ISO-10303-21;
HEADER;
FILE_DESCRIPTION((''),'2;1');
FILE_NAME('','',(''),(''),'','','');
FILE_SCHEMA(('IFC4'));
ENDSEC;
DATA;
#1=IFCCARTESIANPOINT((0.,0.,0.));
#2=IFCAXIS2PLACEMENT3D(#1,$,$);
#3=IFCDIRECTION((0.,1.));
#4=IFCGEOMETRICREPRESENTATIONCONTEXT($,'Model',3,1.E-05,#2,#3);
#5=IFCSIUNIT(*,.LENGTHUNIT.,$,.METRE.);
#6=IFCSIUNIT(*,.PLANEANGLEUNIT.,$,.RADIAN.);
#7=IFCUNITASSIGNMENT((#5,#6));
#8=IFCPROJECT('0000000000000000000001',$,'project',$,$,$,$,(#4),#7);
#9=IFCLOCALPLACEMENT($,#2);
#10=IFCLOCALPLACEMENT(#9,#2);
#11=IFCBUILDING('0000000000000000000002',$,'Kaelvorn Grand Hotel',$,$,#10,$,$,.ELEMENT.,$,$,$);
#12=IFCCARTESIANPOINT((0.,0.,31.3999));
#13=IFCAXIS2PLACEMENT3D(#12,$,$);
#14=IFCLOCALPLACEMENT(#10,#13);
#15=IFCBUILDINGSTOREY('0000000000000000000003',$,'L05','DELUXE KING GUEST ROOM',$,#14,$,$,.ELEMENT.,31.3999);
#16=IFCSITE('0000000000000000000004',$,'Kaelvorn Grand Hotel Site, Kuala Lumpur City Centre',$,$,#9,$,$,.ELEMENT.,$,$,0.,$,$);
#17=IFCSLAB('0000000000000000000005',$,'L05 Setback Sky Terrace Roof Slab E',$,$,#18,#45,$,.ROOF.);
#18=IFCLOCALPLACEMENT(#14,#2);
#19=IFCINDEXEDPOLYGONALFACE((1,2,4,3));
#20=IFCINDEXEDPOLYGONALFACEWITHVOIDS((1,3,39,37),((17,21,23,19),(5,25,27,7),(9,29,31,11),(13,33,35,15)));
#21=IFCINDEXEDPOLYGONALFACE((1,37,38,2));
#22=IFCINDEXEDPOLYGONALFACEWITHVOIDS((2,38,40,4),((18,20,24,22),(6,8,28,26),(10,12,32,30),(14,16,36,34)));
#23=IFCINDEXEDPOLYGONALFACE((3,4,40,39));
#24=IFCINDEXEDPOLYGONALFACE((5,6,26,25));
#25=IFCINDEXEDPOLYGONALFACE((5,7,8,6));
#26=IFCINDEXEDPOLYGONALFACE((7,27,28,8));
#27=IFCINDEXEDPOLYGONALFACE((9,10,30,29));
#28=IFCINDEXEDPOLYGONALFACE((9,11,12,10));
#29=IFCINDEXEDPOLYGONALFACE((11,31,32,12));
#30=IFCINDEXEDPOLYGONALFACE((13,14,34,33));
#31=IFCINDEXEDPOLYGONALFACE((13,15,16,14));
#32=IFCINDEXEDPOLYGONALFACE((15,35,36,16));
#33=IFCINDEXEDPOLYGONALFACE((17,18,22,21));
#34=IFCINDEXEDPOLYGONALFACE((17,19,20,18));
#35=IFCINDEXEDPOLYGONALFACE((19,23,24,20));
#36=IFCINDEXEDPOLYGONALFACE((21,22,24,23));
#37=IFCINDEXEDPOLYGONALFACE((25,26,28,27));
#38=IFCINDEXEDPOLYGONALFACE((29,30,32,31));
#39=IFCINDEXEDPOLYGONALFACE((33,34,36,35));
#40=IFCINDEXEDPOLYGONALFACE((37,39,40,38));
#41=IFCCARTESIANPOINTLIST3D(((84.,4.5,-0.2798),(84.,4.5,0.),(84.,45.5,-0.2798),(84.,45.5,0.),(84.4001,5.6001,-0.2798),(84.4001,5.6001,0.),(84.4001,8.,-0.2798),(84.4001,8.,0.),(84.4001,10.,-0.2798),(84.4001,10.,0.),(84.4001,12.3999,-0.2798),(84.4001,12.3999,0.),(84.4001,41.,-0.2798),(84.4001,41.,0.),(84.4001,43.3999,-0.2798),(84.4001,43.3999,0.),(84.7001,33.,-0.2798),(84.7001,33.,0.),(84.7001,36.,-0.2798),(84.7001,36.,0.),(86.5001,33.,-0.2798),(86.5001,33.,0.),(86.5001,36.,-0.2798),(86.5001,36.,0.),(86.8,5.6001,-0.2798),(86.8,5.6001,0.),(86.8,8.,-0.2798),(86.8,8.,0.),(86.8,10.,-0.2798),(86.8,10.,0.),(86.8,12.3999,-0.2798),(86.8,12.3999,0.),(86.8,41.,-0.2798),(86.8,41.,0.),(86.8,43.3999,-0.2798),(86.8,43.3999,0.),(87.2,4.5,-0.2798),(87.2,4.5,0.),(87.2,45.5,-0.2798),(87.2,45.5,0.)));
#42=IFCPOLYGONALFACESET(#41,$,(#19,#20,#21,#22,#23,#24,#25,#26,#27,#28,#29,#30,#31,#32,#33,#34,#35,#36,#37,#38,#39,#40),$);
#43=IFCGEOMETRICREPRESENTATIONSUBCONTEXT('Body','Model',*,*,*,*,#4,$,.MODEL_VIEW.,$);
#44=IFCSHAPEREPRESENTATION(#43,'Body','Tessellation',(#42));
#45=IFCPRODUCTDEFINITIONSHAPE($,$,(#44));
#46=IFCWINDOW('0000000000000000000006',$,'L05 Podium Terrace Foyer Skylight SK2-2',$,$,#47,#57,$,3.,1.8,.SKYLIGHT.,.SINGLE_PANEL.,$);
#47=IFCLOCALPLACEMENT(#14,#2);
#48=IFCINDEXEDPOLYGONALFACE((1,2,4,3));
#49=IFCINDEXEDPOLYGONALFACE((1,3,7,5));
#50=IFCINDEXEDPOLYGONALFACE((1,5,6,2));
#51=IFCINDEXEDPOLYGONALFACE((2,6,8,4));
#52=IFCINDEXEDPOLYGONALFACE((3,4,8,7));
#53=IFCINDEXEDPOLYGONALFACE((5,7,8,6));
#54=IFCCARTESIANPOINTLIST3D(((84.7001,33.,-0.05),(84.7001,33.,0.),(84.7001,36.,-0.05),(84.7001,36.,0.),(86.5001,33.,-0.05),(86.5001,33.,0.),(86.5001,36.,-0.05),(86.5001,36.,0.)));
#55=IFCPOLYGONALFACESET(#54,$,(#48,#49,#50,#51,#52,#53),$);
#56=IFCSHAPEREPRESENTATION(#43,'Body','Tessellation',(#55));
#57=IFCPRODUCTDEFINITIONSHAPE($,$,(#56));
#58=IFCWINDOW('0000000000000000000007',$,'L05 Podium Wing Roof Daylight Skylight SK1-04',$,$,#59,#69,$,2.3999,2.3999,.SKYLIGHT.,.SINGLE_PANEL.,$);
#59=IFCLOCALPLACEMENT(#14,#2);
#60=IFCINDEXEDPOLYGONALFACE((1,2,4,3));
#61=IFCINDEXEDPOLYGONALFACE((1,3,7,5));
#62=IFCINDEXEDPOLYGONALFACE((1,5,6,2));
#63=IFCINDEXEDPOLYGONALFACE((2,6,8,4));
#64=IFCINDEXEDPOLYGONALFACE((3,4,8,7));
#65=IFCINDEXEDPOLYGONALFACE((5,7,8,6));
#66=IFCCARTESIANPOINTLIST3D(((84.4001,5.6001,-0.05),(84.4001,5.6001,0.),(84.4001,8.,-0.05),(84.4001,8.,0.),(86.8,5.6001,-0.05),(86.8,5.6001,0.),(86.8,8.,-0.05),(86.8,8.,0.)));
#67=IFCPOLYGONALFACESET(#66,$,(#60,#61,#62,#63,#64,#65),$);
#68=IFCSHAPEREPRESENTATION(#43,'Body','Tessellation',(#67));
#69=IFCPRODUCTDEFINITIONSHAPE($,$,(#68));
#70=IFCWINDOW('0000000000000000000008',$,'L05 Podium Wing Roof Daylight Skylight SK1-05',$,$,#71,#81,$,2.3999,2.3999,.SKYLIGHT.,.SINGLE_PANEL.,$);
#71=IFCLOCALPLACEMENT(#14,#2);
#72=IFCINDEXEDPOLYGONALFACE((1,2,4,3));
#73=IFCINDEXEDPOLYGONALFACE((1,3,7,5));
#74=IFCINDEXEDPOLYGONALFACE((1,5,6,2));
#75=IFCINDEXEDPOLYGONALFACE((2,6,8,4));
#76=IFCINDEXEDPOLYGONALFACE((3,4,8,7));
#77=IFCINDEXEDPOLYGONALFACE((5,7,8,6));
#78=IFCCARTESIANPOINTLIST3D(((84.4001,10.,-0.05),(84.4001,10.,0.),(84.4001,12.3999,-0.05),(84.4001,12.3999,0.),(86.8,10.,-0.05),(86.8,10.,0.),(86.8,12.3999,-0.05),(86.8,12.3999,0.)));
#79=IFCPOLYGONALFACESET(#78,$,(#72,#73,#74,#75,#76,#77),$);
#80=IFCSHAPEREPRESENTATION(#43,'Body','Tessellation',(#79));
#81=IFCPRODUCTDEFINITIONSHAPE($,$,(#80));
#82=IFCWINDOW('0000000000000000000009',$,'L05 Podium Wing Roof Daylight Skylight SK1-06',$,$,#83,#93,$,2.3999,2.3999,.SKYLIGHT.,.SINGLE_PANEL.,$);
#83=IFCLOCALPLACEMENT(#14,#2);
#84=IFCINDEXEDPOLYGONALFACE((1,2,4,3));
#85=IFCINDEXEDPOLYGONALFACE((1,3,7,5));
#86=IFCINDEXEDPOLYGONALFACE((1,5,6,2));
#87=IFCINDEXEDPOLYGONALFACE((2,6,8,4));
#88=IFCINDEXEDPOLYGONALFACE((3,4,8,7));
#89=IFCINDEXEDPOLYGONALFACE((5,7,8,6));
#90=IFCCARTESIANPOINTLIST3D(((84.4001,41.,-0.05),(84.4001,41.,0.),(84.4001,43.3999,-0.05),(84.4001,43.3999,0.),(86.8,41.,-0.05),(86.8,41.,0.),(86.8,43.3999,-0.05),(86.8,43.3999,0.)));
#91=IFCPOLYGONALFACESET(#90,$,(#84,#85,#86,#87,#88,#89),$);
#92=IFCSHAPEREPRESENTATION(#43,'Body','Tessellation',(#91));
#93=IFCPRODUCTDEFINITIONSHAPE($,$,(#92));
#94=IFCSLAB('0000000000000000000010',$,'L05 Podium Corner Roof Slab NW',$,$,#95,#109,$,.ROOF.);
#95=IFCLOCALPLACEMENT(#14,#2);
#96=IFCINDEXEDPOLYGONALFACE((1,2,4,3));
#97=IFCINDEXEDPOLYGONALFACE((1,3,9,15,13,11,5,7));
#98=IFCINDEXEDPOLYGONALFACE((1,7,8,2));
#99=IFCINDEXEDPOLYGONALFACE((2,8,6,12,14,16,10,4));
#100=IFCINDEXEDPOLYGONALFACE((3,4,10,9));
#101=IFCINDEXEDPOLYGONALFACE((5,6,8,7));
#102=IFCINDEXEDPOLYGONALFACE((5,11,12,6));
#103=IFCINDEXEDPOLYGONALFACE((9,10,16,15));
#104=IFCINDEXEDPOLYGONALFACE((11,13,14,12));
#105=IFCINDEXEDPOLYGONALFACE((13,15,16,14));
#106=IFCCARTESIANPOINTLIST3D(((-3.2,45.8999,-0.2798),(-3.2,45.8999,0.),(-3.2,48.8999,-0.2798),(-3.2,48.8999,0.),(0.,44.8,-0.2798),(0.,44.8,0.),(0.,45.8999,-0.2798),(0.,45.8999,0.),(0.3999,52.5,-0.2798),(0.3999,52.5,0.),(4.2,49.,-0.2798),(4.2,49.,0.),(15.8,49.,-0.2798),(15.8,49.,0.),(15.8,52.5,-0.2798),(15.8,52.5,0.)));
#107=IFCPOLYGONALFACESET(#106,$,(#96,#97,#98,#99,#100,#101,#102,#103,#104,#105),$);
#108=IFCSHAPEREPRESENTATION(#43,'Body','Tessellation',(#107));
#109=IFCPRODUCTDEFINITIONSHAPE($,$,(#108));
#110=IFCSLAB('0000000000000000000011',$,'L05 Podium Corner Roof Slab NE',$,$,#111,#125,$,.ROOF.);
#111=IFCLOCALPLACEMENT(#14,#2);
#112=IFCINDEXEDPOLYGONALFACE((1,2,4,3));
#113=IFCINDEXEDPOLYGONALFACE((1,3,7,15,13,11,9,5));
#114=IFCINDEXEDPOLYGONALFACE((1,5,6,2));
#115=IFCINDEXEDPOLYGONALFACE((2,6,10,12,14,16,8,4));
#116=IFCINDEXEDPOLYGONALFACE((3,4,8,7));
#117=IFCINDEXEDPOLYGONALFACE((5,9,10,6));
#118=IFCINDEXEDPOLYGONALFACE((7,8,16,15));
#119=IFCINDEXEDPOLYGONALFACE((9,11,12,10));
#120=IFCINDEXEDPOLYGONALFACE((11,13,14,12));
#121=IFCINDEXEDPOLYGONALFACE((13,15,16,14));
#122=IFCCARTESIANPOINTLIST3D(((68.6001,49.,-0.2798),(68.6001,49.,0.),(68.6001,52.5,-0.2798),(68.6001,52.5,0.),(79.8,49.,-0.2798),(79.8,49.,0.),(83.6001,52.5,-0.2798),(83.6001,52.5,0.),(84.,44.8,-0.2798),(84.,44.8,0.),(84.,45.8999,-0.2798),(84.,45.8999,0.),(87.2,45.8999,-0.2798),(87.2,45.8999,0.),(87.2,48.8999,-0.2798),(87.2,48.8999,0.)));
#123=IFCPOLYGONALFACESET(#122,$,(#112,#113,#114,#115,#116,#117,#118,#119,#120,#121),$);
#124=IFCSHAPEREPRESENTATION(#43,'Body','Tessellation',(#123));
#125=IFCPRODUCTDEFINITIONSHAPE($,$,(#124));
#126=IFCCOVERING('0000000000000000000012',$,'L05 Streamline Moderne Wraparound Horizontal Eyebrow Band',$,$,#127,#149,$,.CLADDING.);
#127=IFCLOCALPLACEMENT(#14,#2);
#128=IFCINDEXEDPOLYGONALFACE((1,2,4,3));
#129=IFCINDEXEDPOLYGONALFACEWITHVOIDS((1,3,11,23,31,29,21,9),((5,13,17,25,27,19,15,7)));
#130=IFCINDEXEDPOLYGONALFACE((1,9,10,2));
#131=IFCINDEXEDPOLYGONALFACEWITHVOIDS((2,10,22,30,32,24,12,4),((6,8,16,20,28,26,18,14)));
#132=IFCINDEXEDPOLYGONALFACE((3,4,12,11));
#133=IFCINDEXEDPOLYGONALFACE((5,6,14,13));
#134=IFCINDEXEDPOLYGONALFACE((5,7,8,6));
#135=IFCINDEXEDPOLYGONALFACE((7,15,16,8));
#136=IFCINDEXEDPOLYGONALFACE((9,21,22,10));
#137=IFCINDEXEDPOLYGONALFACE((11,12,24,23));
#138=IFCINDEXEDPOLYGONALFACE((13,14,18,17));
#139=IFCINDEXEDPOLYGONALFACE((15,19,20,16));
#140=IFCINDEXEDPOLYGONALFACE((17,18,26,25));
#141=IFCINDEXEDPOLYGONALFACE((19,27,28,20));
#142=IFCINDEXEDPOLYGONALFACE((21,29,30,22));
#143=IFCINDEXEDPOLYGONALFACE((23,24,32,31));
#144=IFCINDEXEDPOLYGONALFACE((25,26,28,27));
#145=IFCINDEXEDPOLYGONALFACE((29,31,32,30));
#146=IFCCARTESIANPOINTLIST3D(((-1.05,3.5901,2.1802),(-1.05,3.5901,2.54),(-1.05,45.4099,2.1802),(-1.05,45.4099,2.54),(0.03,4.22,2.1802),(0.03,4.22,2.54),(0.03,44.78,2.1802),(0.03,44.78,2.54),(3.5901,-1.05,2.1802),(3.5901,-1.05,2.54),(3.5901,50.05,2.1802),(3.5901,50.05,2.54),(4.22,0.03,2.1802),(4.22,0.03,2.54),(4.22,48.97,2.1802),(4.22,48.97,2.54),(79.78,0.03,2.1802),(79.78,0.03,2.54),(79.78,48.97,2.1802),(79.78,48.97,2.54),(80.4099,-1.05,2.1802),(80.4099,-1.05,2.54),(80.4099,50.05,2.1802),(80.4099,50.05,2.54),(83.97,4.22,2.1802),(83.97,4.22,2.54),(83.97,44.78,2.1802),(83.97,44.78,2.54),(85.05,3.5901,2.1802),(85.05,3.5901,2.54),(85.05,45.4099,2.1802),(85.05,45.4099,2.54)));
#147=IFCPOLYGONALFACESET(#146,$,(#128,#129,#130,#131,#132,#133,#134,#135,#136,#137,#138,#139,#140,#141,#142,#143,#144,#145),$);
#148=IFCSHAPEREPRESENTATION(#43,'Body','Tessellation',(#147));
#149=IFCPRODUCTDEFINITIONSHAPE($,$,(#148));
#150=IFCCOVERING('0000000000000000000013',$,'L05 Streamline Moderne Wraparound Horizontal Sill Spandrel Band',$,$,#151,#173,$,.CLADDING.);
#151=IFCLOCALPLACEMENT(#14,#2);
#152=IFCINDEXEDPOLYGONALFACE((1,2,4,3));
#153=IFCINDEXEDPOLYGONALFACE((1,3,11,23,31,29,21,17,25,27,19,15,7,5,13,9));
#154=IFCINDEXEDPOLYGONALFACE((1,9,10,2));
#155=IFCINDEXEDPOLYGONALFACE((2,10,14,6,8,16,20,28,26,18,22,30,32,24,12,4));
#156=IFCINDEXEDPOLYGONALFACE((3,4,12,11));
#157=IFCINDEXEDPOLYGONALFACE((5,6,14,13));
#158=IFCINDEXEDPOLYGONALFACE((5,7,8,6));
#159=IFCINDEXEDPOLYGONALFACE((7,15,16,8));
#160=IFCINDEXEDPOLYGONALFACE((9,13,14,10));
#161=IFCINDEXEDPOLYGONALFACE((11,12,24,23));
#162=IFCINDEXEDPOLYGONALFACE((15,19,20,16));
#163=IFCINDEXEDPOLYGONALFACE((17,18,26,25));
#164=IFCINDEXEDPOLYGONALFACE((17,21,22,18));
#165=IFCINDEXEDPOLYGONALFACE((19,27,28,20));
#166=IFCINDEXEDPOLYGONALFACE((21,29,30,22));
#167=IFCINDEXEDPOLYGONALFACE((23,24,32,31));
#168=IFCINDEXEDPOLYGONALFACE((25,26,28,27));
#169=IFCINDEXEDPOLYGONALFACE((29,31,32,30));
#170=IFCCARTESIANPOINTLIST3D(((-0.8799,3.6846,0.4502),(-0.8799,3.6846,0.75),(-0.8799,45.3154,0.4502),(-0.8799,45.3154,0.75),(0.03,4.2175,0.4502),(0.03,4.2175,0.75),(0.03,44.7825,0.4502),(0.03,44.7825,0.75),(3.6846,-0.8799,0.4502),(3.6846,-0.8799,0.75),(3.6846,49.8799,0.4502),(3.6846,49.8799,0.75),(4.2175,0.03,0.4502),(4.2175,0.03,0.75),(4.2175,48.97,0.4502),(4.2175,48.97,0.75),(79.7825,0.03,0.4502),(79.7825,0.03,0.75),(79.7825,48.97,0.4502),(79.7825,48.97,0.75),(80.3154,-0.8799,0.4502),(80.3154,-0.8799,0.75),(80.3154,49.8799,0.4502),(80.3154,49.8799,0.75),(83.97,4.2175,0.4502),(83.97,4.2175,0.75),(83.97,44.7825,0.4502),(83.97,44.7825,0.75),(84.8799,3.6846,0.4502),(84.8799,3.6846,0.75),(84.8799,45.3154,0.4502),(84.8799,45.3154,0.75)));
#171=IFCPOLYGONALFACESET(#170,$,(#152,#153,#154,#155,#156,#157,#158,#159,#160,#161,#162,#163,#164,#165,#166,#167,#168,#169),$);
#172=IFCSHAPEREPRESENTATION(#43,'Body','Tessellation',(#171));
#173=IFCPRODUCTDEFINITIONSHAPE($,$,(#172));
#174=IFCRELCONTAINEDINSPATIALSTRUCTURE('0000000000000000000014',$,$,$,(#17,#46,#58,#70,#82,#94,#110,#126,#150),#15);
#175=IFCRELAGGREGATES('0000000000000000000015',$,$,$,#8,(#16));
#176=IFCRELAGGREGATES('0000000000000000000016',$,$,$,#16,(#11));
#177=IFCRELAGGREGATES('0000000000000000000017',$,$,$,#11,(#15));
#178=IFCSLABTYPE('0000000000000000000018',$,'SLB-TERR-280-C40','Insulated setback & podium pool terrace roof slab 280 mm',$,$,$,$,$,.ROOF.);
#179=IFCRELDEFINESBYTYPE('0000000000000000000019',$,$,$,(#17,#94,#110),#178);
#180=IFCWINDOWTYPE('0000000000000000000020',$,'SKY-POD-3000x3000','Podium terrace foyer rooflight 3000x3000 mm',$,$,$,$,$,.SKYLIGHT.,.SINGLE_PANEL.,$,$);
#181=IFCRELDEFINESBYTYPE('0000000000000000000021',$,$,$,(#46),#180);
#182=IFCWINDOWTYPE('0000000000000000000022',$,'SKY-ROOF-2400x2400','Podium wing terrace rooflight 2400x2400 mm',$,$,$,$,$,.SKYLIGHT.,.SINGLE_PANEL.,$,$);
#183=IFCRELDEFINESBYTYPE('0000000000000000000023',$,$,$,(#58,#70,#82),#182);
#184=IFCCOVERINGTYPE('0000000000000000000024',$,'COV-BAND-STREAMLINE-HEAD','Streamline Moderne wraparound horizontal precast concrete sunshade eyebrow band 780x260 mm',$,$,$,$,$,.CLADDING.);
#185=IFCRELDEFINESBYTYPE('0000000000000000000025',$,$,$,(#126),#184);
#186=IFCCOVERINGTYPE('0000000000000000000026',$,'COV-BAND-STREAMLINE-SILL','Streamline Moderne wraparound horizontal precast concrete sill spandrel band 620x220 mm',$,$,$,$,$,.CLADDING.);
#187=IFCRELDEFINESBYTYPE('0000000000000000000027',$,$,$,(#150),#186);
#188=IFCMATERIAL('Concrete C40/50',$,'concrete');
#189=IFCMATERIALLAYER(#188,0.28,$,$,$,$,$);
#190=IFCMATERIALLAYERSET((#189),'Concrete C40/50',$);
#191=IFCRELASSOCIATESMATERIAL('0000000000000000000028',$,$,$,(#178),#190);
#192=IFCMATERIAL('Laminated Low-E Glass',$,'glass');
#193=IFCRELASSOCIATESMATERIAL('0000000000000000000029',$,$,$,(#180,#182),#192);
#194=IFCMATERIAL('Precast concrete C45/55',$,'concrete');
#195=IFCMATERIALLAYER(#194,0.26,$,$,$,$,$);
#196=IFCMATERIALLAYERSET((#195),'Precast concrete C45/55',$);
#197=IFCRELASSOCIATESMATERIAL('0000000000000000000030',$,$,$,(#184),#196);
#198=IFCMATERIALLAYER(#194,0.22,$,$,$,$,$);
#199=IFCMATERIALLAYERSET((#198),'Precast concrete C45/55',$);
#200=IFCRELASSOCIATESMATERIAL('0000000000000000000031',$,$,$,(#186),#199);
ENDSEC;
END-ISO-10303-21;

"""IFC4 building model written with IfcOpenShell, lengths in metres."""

from ifc_helpers import new_model, si_unit, direction, frame, origin, origin_2d, place, context, subcontext, project, spatial, polyline, rectangle, outline, extrude, material, layer, layer_set, type_object, element, fill, save


model = new_model("IFC4")

# Units and contexts
model_context = context("Model", 3, precision=1e-05, world=origin(), true_north=direction((0.0, 1.0)))
body_context = subcontext(model_context, "Body", "Model", "MODEL_VIEW")
ifc_project = project(units=[si_unit("LENGTHUNIT", "METRE"), si_unit("PLANEANGLEUNIT", "RADIAN")], contexts=[model_context])

# Site, building, storey
site_placement = place(None, origin())
site = spatial("IfcSite", under=ifc_project, at=site_placement, Name="Kaelvorn Grand Hotel Site, Kuala Lumpur City Centre", CompositionType="ELEMENT", RefElevation=0.0)
building_placement = place(site_placement, origin())
building = spatial("IfcBuilding", under=site, at=building_placement, Name="Kaelvorn Grand Hotel", CompositionType="ELEMENT")
storey_placement = place(building_placement, frame((0.0, 0.0, 31.3999)))
storey = spatial("IfcBuildingStorey", under=building, at=storey_placement, Name="L05", Description="DELUXE KING GUEST ROOM", CompositionType="ELEMENT", Elevation=31.3999)

# Shared definitions
ifc_material_1 = material(Name="Concrete C40/50", Category="concrete")

# Slab, openings, windows
ifc_layer_1 = layer(ifc_material_1, 0.28)
ifc_layer_set_1 = layer_set([ifc_layer_1], Name="Concrete C40/50")
slab_type_1 = type_object("IfcSlabType", Name="SLB-TERR-280-C40", Description="Insulated setback & podium pool terrace roof slab 280 mm", PredefinedType="ROOF", material=ifc_layer_set_1)
ifc_material_2 = material(Name="Laminated Low-E Glass", Category="glass")
window_type_1 = type_object("IfcWindowType", Name="SKY-POD-3000x3000", Description="Podium terrace foyer rooflight 3000x3000 mm", PartitioningType="SINGLE_PANEL", PredefinedType="SKYLIGHT", material=ifc_material_2)
window_type_2 = type_object("IfcWindowType", Name="SKY-ROOF-2400x2400", Description="Podium wing terrace rooflight 2400x2400 mm", PartitioningType="SINGLE_PANEL", PredefinedType="SKYLIGHT", material=ifc_material_2)
slab_1_placement = place(storey_placement, frame((0.0, 0.0, -0.2798)))
slab_1 = element("IfcSlab", 1, at=slab_1_placement, inside=storey, type_object=slab_type_1, Name="L05 Setback Sky Terrace Roof Slab E", PredefinedType="ROOF", context=body_context, shape_type="SweptSolid", body=[
    extrude(outline(polyline([(84.0, 4.5), (87.2, 4.5), (87.2, 45.5), (84.0, 45.5), (84.0, 4.5)])), origin(), (0.0, 0.0, 1.0), 0.2798),
])
opening_1_placement = place(slab_1_placement, frame((85.6001, 34.5, -0.01)))
opening_1 = element("IfcOpeningElement", 2, at=opening_1_placement, cuts=slab_1, PredefinedType="OPENING", context=body_context, shape_type="SweptSolid", body=[
    extrude(rectangle(XDim=1.8, YDim=3.0, at=origin_2d()), origin(), (0.0, 0.0, 1.0), 0.2998),
])
opening_2_placement = place(slab_1_placement, frame((85.6001, 6.8, -0.01)))
opening_2 = element("IfcOpeningElement", 3, at=opening_2_placement, cuts=slab_1, PredefinedType="OPENING", context=body_context, shape_type="SweptSolid", body=[
    extrude(rectangle(XDim=2.3999, YDim=2.3999, at=origin_2d()), origin(), (0.0, 0.0, 1.0), 0.2998),
])
opening_3_placement = place(slab_1_placement, frame((85.6001, 11.2, -0.01)))
opening_3 = element("IfcOpeningElement", 4, at=opening_3_placement, cuts=slab_1, PredefinedType="OPENING", context=body_context, shape_type="SweptSolid", body=[
    extrude(rectangle(XDim=2.3999, YDim=2.3999, at=origin_2d()), origin(), (0.0, 0.0, 1.0), 0.2998),
])
opening_4_placement = place(slab_1_placement, frame((85.6001, 42.2, -0.01)))
opening_4 = element("IfcOpeningElement", 5, at=opening_4_placement, cuts=slab_1, PredefinedType="OPENING", context=body_context, shape_type="SweptSolid", body=[
    extrude(rectangle(XDim=2.3999, YDim=2.3999, at=origin_2d()), origin(), (0.0, 0.0, 1.0), 0.2998),
])
window_1_placement = place(slab_1_placement, frame((85.6001, 34.5, 0.2297)))
window_1 = element("IfcWindow", 6, at=window_1_placement, inside=storey, type_object=window_type_1, Name="L05 Podium Terrace Foyer Skylight SK2-2", OverallHeight=3.0, OverallWidth=1.8, PartitioningType="SINGLE_PANEL", PredefinedType="SKYLIGHT", context=body_context, shape_type="SweptSolid", body=[
    extrude(rectangle(XDim=1.8, YDim=3.0, at=origin_2d()), origin(), (0.0, 0.0, 1.0), 0.05),
])
fill(opening_1, window_1)
window_2_placement = place(slab_1_placement, frame((85.6001, 6.8, 0.2297)))
window_2 = element("IfcWindow", 7, at=window_2_placement, inside=storey, type_object=window_type_2, Name="L05 Podium Wing Roof Daylight Skylight SK1-04", OverallHeight=2.3999, OverallWidth=2.3999, PartitioningType="SINGLE_PANEL", PredefinedType="SKYLIGHT", context=body_context, shape_type="SweptSolid", body=[
    extrude(rectangle(XDim=2.3999, YDim=2.3999, at=origin_2d()), origin(), (0.0, 0.0, 1.0), 0.05),
])
fill(opening_2, window_2)
window_3_placement = place(slab_1_placement, frame((85.6001, 11.2, 0.2297)))
window_3 = element("IfcWindow", 8, at=window_3_placement, inside=storey, type_object=window_type_2, Name="L05 Podium Wing Roof Daylight Skylight SK1-05", OverallHeight=2.3999, OverallWidth=2.3999, PartitioningType="SINGLE_PANEL", PredefinedType="SKYLIGHT", context=body_context, shape_type="SweptSolid", body=[
    extrude(rectangle(XDim=2.3999, YDim=2.3999, at=origin_2d()), origin(), (0.0, 0.0, 1.0), 0.05),
])
fill(opening_3, window_3)
window_4_placement = place(slab_1_placement, frame((85.6001, 42.2, 0.2297)))
window_4 = element("IfcWindow", 9, at=window_4_placement, inside=storey, type_object=window_type_2, Name="L05 Podium Wing Roof Daylight Skylight SK1-06", OverallHeight=2.3999, OverallWidth=2.3999, PartitioningType="SINGLE_PANEL", PredefinedType="SKYLIGHT", context=body_context, shape_type="SweptSolid", body=[
    extrude(rectangle(XDim=2.3999, YDim=2.3999, at=origin_2d()), origin(), (0.0, 0.0, 1.0), 0.05),
])
fill(opening_4, window_4)

# Slabs
slab_2_placement = place(storey_placement, frame((0.0, 0.0, -0.2798)))
element("IfcSlab", 10, at=slab_2_placement, inside=storey, type_object=slab_type_1, Name="L05 Podium Corner Roof Slab NW", PredefinedType="ROOF", context=body_context, shape_type="SweptSolid", body=[
    extrude(outline(polyline([(-3.2, 45.8999), (0.0, 45.8999), (0.0, 44.8), (4.2, 49.0), (15.8, 49.0), (15.8, 52.5), (0.3999, 52.5), (-3.2, 48.8999), (-3.2, 45.8999)])), origin(), (0.0, 0.0, 1.0), 0.2798),
])
slab_3_placement = place(storey_placement, frame((0.0, 0.0, -0.2798)))
element("IfcSlab", 11, at=slab_3_placement, inside=storey, type_object=slab_type_1, Name="L05 Podium Corner Roof Slab NE", PredefinedType="ROOF", context=body_context, shape_type="SweptSolid", body=[
    extrude(outline(polyline([(87.2, 45.8999), (87.2, 48.8999), (83.6001, 52.5), (68.6001, 52.5), (68.6001, 49.0), (79.8, 49.0), (84.0, 44.8), (84.0, 45.8999), (87.2, 45.8999)])), origin(), (0.0, 0.0, 1.0), 0.2798),
])

# Coverings
ifc_material_3 = material(Name="Precast concrete C45/55", Category="concrete")
ifc_layer_2 = layer(ifc_material_3, 0.26)
ifc_layer_set_2 = layer_set([ifc_layer_2], Name="Precast concrete C45/55")
covering_type_1 = type_object("IfcCoveringType", Name="COV-BAND-STREAMLINE-HEAD", Description="Streamline Moderne wraparound horizontal precast concrete sunshade eyebrow band 780x260 mm", PredefinedType="CLADDING", material=ifc_layer_set_2)
covering_1_placement = place(storey_placement, frame((0.0, 0.0, 2.1802)))
element("IfcCovering", 12, at=covering_1_placement, inside=storey, type_object=covering_type_1, Name="L05 Streamline Moderne Wraparound Horizontal Eyebrow Band", PredefinedType="CLADDING", context=body_context, shape_type="SweptSolid", body=[
    extrude(outline(polyline([(3.5901, -1.05), (80.4099, -1.05), (85.05, 3.5901), (85.05, 45.4099), (80.4099, 50.05), (3.5901, 50.05), (-1.05, 45.4099), (-1.05, 3.5901), (3.5901, -1.05)]), holes=[polyline([(4.22, 0.03), (79.78, 0.03), (83.97, 4.22), (83.97, 44.78), (79.78, 48.97), (4.22, 48.97), (0.03, 44.78), (0.03, 4.22), (4.22, 0.03)])]), origin(), (0.0, 0.0, 1.0), 0.3599),
])
ifc_layer_3 = layer(ifc_material_3, 0.22)
ifc_layer_set_3 = layer_set([ifc_layer_3], Name="Precast concrete C45/55")
covering_type_2 = type_object("IfcCoveringType", Name="COV-BAND-STREAMLINE-SILL", Description="Streamline Moderne wraparound horizontal precast concrete sill spandrel band 620x220 mm", PredefinedType="CLADDING", material=ifc_layer_set_3)
covering_2_placement = place(storey_placement, frame((0.0, 0.0, 0.4502)))
element("IfcCovering", 13, at=covering_2_placement, inside=storey, type_object=covering_type_2, Name="L05 Streamline Moderne Wraparound Horizontal Sill Spandrel Band", PredefinedType="CLADDING", context=body_context, shape_type="SweptSolid", body=[
    extrude(outline(polyline([(80.3154, -0.8799), (84.8799, 3.6846), (84.8799, 45.3154), (80.3154, 49.8799), (3.6846, 49.8799), (-0.8799, 45.3154), (-0.8799, 3.6846), (3.6846, -0.8799), (4.2175, 0.03), (0.03, 4.2175), (0.03, 44.7825), (4.2175, 48.97), (79.7825, 48.97), (83.97, 44.7825), (83.97, 4.2175), (79.7825, 0.03), (80.3154, -0.8799)])), origin(), (0.0, 0.0, 1.0), 0.2998),
])

save(model, "model.ifc")
